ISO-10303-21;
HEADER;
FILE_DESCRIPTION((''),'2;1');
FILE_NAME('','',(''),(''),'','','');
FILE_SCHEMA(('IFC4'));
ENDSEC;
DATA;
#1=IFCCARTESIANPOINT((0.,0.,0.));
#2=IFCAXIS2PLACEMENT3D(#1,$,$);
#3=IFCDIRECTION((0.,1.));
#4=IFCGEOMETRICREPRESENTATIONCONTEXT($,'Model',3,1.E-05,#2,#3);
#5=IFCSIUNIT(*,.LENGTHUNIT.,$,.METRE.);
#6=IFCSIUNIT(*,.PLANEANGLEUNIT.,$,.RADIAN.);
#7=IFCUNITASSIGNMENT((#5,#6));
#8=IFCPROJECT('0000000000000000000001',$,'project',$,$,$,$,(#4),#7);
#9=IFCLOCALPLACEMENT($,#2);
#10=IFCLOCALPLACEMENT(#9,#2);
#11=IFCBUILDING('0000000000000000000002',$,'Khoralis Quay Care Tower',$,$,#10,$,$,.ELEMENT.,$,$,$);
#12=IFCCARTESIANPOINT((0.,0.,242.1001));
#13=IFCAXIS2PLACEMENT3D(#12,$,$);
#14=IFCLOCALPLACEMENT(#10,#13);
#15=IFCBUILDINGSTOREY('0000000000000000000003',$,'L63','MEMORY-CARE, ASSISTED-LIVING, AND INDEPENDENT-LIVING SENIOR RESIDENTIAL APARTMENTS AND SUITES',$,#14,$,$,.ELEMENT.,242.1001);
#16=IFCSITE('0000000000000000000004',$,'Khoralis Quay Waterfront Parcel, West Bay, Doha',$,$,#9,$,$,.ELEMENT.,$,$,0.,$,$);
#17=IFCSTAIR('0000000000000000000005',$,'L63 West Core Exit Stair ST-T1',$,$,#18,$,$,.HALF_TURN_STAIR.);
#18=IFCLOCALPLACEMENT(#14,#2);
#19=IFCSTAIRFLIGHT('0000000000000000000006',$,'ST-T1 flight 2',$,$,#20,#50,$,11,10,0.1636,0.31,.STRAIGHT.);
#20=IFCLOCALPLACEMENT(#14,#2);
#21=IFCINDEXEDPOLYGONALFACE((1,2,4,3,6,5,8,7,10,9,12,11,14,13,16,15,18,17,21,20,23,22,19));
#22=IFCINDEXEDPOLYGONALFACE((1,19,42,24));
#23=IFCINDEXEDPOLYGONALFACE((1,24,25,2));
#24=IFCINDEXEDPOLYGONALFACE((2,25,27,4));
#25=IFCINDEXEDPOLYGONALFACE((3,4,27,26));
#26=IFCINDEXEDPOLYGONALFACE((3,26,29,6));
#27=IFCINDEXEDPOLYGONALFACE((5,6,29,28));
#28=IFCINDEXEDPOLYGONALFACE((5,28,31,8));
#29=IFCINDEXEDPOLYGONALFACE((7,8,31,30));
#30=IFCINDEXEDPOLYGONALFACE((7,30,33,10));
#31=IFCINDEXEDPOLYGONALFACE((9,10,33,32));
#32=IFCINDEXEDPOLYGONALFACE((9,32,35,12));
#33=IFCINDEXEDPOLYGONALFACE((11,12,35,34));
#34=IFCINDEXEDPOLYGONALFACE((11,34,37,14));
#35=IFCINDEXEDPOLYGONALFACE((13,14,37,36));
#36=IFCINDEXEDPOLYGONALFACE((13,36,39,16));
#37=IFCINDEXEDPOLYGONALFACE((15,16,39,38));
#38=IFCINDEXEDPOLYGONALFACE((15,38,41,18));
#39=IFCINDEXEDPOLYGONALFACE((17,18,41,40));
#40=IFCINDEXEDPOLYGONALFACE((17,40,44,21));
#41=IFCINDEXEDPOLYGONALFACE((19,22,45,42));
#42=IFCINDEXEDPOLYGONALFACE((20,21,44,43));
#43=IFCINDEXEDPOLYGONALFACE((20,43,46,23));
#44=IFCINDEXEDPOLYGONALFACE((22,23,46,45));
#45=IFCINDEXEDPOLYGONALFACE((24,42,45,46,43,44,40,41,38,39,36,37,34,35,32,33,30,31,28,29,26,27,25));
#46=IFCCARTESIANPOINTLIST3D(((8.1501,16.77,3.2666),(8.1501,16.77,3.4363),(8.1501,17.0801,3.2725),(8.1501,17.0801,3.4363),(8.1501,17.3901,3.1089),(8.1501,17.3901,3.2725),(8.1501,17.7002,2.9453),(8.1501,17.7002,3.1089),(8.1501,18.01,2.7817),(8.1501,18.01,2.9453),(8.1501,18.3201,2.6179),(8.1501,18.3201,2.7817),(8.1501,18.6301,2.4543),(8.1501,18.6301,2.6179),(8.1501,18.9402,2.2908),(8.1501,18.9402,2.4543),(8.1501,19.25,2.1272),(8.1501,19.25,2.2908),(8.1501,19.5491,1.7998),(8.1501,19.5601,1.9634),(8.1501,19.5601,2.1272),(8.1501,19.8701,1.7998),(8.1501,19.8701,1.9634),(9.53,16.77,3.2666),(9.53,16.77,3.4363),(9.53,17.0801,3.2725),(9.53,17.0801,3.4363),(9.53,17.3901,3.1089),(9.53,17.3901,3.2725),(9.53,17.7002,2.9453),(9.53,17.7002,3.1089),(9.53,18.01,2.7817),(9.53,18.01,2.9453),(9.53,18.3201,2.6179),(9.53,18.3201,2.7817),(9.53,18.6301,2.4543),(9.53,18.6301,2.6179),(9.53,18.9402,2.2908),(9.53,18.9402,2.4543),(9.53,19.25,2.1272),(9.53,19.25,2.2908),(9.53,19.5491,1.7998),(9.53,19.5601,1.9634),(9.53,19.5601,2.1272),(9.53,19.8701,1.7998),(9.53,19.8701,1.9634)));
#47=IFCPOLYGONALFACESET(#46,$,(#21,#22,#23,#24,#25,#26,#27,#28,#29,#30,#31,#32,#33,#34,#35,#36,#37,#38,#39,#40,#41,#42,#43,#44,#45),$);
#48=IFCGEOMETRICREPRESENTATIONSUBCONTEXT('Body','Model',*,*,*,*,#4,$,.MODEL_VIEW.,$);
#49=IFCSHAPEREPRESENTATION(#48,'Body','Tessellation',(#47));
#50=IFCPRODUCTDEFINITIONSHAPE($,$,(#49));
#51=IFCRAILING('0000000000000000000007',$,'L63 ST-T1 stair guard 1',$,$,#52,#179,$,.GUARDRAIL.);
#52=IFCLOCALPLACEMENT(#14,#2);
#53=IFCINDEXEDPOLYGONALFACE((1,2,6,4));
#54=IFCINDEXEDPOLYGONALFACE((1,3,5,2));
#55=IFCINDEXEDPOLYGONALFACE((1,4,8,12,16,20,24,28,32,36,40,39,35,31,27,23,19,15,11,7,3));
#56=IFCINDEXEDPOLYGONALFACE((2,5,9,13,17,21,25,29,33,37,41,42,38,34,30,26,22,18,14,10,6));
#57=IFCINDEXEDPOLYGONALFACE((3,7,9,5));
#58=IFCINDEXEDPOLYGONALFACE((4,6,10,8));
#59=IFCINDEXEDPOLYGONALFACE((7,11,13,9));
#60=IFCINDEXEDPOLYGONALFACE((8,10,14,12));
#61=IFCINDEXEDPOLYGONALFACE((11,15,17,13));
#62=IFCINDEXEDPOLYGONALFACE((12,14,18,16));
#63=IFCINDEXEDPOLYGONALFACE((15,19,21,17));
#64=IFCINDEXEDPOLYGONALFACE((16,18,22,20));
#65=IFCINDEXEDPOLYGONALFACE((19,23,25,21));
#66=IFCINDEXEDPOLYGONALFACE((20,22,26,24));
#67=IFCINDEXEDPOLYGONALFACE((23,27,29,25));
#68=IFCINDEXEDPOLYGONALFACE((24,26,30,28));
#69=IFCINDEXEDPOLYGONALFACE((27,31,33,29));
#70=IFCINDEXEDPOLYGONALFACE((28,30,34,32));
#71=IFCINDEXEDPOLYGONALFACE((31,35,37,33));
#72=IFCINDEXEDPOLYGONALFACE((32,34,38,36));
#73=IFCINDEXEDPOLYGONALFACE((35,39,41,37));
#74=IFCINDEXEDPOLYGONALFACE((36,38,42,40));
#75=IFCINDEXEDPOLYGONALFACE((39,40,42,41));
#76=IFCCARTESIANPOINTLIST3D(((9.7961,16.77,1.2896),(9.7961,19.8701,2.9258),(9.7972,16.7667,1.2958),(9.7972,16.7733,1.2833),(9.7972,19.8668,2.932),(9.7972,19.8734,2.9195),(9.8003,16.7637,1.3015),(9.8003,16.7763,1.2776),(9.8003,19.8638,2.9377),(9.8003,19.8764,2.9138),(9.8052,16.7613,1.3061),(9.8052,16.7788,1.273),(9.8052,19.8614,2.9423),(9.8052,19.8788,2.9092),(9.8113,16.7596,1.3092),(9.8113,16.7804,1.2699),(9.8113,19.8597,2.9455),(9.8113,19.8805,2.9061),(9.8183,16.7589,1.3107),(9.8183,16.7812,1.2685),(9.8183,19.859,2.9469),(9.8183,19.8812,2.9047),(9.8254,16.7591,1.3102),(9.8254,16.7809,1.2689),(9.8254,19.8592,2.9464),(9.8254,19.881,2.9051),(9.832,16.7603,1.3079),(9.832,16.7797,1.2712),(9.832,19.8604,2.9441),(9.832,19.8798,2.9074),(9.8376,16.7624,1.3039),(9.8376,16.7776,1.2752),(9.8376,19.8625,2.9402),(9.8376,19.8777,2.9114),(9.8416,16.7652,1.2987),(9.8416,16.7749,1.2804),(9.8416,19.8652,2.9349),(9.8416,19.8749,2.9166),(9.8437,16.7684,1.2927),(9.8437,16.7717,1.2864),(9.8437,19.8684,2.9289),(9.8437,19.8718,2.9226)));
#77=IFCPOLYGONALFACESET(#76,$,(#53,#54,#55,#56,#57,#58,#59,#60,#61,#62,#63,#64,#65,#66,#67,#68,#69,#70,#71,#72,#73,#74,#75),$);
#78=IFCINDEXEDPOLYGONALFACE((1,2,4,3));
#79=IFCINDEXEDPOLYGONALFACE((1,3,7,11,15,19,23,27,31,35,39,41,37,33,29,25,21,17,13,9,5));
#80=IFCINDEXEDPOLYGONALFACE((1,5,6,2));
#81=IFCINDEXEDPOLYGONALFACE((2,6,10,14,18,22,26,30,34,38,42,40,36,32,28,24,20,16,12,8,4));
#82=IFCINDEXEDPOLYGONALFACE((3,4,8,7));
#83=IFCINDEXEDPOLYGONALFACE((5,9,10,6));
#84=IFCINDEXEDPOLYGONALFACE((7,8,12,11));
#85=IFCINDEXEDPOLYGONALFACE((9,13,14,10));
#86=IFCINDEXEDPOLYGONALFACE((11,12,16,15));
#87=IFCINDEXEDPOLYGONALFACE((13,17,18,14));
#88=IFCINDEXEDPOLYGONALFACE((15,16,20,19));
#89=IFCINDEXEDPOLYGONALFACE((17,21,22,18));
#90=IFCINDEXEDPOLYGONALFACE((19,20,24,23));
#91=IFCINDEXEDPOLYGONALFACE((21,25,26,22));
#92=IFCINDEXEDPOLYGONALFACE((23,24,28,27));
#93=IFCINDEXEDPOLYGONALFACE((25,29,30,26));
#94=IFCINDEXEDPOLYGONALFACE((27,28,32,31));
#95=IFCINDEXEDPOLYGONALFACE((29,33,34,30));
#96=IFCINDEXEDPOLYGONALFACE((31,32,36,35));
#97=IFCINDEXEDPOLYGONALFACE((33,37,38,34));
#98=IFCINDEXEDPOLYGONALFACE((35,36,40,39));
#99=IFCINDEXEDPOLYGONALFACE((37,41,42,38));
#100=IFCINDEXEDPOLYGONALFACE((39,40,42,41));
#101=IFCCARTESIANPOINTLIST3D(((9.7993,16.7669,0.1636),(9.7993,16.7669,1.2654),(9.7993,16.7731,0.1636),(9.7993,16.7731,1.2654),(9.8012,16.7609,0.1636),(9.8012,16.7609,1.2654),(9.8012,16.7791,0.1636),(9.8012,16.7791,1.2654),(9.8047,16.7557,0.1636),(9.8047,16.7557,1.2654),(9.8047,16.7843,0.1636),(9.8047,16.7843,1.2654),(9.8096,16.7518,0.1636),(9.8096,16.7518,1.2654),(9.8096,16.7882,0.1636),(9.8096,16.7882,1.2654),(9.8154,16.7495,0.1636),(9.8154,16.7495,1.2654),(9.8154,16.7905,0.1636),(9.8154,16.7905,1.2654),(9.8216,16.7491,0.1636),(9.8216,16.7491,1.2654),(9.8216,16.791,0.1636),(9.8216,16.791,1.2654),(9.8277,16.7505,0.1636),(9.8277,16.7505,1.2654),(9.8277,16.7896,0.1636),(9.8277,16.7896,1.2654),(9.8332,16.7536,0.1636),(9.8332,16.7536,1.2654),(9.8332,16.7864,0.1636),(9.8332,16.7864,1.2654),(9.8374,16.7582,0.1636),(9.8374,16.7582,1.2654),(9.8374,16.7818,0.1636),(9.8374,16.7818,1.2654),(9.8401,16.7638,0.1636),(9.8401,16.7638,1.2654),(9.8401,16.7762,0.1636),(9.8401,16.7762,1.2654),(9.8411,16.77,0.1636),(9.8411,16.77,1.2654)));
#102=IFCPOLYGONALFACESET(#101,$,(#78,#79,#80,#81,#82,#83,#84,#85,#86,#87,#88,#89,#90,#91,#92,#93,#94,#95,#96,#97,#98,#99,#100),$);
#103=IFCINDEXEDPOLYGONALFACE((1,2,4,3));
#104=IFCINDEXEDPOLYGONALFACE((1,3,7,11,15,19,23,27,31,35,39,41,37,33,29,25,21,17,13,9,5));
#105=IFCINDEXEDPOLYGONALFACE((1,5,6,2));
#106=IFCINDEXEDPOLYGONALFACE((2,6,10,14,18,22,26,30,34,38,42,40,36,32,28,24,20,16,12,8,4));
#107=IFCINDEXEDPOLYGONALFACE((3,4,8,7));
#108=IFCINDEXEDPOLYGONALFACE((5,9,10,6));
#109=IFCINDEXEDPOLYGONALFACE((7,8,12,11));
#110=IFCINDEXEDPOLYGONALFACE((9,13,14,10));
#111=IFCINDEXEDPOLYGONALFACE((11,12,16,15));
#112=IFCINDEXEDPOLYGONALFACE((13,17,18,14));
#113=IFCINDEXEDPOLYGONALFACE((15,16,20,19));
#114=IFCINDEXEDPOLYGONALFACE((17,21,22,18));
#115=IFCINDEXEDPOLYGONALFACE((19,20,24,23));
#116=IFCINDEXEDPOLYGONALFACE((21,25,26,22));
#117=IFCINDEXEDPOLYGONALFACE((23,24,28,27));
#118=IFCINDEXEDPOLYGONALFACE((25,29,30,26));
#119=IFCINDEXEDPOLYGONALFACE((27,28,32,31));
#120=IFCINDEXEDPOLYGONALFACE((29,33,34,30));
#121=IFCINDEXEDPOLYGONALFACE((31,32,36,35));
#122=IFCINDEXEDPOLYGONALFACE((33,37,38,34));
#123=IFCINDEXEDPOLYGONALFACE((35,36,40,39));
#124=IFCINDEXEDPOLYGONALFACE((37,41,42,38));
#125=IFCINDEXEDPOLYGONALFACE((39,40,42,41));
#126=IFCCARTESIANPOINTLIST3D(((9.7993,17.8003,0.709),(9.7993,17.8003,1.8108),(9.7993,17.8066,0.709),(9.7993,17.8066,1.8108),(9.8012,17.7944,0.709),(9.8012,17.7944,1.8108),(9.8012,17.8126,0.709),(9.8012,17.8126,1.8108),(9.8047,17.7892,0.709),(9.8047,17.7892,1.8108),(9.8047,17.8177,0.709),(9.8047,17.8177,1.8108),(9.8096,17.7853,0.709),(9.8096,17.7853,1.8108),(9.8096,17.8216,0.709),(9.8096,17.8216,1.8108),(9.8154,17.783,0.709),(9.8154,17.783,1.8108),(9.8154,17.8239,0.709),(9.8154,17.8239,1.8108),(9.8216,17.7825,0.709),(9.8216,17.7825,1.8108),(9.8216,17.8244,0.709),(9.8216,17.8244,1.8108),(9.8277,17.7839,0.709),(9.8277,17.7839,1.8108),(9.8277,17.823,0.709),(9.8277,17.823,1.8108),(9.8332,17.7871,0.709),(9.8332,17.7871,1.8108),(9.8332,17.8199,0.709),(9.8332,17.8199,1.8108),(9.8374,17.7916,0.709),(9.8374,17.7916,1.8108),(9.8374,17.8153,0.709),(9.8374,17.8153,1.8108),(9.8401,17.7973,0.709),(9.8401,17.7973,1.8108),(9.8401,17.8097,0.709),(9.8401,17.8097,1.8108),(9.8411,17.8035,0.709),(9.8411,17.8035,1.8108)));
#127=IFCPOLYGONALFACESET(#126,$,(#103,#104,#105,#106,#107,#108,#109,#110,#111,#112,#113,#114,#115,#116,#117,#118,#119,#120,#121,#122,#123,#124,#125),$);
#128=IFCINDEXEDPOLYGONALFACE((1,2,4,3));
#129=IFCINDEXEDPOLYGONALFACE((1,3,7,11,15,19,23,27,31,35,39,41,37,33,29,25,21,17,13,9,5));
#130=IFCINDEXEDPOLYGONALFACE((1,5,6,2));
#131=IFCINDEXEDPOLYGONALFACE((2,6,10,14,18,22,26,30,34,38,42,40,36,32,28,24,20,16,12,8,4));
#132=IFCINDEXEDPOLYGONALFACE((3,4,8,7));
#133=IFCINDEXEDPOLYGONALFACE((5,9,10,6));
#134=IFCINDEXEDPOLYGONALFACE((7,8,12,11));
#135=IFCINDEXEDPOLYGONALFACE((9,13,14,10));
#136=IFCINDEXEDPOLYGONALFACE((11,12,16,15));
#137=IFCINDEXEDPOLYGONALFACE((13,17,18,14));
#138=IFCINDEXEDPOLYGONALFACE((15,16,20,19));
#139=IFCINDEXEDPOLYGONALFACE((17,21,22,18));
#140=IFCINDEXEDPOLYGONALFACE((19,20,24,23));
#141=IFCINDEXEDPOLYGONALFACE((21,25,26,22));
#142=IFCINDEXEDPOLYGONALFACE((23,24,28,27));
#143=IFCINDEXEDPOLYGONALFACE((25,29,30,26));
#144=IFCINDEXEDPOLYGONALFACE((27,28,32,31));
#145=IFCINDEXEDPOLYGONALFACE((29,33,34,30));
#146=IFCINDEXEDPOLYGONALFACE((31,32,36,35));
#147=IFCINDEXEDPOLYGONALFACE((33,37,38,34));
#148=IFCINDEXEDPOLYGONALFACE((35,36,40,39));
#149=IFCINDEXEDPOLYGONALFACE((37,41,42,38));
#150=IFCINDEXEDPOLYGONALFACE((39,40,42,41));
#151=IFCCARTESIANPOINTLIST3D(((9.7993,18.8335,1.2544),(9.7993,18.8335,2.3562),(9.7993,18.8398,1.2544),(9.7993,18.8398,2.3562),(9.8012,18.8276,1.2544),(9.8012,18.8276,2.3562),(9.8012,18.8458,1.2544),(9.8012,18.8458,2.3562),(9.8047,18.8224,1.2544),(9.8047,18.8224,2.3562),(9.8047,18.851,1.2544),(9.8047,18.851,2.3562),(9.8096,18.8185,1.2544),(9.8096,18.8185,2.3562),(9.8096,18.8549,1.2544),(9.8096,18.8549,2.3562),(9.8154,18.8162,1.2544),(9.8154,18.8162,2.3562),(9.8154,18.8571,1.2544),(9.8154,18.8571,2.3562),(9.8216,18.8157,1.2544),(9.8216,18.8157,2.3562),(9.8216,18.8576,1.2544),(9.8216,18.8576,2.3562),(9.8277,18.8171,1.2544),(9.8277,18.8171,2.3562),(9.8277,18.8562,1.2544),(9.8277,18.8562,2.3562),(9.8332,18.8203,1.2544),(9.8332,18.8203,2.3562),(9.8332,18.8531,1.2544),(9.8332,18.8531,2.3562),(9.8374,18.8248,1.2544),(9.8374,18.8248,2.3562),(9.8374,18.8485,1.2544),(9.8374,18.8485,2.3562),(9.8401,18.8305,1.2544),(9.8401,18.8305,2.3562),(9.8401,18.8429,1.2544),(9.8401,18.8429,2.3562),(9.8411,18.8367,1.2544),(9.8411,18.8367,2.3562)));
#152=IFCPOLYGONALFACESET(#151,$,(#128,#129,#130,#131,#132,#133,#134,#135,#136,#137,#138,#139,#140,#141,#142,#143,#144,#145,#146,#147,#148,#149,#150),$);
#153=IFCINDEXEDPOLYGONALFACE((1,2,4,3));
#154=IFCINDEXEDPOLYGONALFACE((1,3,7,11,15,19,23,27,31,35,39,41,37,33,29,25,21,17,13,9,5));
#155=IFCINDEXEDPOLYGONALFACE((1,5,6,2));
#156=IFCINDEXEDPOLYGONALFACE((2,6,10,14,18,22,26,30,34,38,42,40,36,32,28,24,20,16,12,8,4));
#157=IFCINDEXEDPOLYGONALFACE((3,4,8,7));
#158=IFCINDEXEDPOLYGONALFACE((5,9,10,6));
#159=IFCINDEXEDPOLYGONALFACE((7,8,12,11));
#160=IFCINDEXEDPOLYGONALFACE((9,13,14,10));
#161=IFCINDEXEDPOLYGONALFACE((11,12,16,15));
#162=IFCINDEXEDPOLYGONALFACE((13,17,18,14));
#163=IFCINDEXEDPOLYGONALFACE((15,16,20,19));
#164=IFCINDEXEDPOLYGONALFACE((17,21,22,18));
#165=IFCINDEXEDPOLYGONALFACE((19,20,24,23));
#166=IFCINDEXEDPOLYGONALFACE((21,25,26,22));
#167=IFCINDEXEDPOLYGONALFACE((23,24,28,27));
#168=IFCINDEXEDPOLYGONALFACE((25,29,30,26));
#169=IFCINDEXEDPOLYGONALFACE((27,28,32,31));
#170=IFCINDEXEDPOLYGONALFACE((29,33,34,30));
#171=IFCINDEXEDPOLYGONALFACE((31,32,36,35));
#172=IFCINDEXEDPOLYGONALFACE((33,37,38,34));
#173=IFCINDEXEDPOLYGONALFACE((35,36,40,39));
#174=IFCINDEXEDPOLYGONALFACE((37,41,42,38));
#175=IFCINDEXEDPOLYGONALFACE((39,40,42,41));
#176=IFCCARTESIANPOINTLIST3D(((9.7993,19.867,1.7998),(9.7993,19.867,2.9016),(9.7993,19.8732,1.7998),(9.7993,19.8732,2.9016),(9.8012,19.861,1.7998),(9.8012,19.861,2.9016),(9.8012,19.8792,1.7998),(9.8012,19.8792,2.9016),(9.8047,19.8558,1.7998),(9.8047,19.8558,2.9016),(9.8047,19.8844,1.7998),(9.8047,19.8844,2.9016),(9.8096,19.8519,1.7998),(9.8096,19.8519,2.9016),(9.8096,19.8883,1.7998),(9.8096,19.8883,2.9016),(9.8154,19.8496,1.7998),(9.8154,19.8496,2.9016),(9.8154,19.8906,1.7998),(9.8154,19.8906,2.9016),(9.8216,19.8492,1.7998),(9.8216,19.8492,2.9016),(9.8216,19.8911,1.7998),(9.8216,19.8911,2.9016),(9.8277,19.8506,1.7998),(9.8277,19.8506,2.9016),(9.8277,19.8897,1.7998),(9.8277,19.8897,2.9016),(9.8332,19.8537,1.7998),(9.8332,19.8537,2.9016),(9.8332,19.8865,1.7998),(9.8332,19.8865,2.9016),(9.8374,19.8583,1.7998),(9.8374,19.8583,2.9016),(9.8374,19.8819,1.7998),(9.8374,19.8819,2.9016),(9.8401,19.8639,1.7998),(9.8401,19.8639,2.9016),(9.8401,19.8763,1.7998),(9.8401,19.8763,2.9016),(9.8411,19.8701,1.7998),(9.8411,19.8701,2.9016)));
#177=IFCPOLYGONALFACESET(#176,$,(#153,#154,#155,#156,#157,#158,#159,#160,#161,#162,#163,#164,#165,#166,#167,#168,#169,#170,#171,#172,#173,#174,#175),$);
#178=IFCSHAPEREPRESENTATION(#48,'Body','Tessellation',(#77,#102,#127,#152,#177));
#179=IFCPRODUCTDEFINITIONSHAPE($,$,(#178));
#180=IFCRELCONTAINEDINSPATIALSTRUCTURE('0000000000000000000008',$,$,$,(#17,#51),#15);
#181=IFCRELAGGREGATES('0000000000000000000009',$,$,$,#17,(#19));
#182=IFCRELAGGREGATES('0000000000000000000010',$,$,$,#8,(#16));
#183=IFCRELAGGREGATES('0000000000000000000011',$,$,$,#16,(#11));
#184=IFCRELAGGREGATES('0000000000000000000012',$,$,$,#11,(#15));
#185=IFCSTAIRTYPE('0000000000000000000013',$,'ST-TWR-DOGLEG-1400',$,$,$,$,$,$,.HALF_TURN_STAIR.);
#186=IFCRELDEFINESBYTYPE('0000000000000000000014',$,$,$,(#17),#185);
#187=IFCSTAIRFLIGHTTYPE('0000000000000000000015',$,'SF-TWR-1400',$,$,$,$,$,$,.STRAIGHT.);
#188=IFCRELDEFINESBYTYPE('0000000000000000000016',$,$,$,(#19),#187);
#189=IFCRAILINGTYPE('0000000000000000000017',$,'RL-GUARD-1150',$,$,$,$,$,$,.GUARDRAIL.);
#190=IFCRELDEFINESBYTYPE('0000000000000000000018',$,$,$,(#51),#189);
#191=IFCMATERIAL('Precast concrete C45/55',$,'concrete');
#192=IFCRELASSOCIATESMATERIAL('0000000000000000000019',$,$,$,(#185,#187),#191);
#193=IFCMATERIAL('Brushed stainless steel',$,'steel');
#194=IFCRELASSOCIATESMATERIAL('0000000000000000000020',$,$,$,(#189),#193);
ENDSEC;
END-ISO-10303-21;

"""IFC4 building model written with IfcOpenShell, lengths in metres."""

from ifc_helpers import new_model, si_unit, direction, frame, origin, origin_2d, place, context, subcontext, project, spatial, polyline, circle, outline, extrude, source, transform, mapped, material, type_object, element, aggregate, save


model = new_model("IFC4")

# Units and contexts
model_context = context("Model", 3, precision=1e-05, world=origin(), true_north=direction((0.0, 1.0)))
body_context = subcontext(model_context, "Body", "Model", "MODEL_VIEW")
ifc_project = project(units=[si_unit("LENGTHUNIT", "METRE"), si_unit("PLANEANGLEUNIT", "RADIAN")], contexts=[model_context])

# Site, building, storey
site_placement = place(None, origin())
site = spatial("IfcSite", under=ifc_project, at=site_placement, Name="Khoralis Quay Waterfront Parcel, West Bay, Doha", CompositionType="ELEMENT", RefElevation=0.0)
building_placement = place(site_placement, origin())
building = spatial("IfcBuilding", under=site, at=building_placement, Name="Khoralis Quay Care Tower", CompositionType="ELEMENT")
storey_placement = place(building_placement, frame((0.0, 0.0, 242.1001)))
storey = spatial("IfcBuildingStorey", under=building, at=storey_placement, Name="L63", Description="MEMORY-CARE, ASSISTED-LIVING, AND INDEPENDENT-LIVING SENIOR RESIDENTIAL APARTMENTS AND SUITES", CompositionType="ELEMENT", Elevation=242.1001)

# Shared definitions
ifc_material_1 = material(Name="Brushed stainless steel", Category="steel")

# Stair, stair flight
ifc_material_2 = material(Name="Precast concrete C45/55", Category="concrete")
stair_type = type_object("IfcStairType", Name="ST-TWR-DOGLEG-1400", PredefinedType="HALF_TURN_STAIR", material=ifc_material_2)
stair_placement = place(storey_placement, origin())
stair = element("IfcStair", 1, at=stair_placement, inside=storey, type_object=stair_type, Name="L63 West Core Exit Stair ST-T1", PredefinedType="HALF_TURN_STAIR")
stair_flight_type = type_object("IfcStairFlightType", Name="SF-TWR-1400", PredefinedType="STRAIGHT", material=ifc_material_2)
shared_shape_1 = source(origin(), body_context, "Body", "SweptSolid", [
    extrude(outline(polyline([(0.0, 0.0), (0.0, 0.1636), (0.3101, 0.1636), (0.3101, 0.3274), (0.6201, 0.3274), (0.6201, 0.491), (0.9299, 0.491), (0.9299, 0.6545), (1.24, 0.6545), (1.24, 0.8181), (1.55, 0.8181), (1.55, 0.9819), (1.8601, 0.9819), (1.8601, 1.1455), (2.1699, 1.1455), (2.1699, 1.3091), (2.48, 1.3091), (2.48, 1.4727), (2.79, 1.4727), (2.79, 1.6365), (3.1001, 1.6365), (3.1001, 1.8), (3.1001, 1.4668), (0.321, 0.0), (0.0, 0.0)])), frame((0.0, 0.6899, 0.0), z_axis=(0.0, -1.0, 0.0), x_axis=(1.0, 0.0, 0.0)), (0.0, 0.0, 1.0), 1.3799),
])
stair_flight_1_placement = place(storey_placement, frame((8.8401, 19.8701, 1.7998), z_axis=(0.0, 0.0, 1.0), x_axis=(0.0, -1.0, 0.0)))
stair_flight_1 = element("IfcStairFlight", 2, at=stair_flight_1_placement, type_object=stair_flight_type, Name="ST-T1 flight 2", NumberOfRisers=11, NumberOfTreads=10, PredefinedType="STRAIGHT", RiserHeight=0.1636, TreadLength=0.31, context=body_context, shape_type="MappedRepresentation", body=[
    mapped(shared_shape_1, transform((0.0, 0.0, 0.0), scale=1.0)),
])
aggregate(stair, [stair_flight_1])

# Railing
railing_type_1 = type_object("IfcRailingType", Name="RL-GUARD-1150", PredefinedType="GUARDRAIL", material=ifc_material_1)
railing_1_placement = place(storey_placement, frame((9.8201, 16.77, 0.1636)))
element("IfcRailing", 3, at=railing_1_placement, inside=storey, type_object=railing_type_1, Name="L63 ST-T1 stair guard 1", PredefinedType="GUARDRAIL", context=body_context, shape_type="SweptSolid", body=[
    extrude(circle(Radius=0.0239, at=origin_2d()), frame((0.0, 0.0, 1.126), z_axis=(0.0, 0.884377, 0.466774), x_axis=(-1.0, 0.0, 0.0)), (0.0, 0.0, 1.0), 3.5054),
    extrude(circle(Radius=0.021, at=origin_2d()), origin(), (0.0, 0.0, 1.0), 1.1018),
    extrude(circle(Radius=0.021, at=origin_2d()), frame((0.0, 1.0334, 0.5454)), (0.0, 0.0, 1.0), 1.1018),
    extrude(circle(Radius=0.021, at=origin_2d()), frame((0.0, 2.0667, 1.0908)), (0.0, 0.0, 1.0), 1.1018),
    extrude(circle(Radius=0.021, at=origin_2d()), frame((0.0, 3.1001, 1.6362)), (0.0, 0.0, 1.0), 1.1018),
])

save(model, "model.ifc")
